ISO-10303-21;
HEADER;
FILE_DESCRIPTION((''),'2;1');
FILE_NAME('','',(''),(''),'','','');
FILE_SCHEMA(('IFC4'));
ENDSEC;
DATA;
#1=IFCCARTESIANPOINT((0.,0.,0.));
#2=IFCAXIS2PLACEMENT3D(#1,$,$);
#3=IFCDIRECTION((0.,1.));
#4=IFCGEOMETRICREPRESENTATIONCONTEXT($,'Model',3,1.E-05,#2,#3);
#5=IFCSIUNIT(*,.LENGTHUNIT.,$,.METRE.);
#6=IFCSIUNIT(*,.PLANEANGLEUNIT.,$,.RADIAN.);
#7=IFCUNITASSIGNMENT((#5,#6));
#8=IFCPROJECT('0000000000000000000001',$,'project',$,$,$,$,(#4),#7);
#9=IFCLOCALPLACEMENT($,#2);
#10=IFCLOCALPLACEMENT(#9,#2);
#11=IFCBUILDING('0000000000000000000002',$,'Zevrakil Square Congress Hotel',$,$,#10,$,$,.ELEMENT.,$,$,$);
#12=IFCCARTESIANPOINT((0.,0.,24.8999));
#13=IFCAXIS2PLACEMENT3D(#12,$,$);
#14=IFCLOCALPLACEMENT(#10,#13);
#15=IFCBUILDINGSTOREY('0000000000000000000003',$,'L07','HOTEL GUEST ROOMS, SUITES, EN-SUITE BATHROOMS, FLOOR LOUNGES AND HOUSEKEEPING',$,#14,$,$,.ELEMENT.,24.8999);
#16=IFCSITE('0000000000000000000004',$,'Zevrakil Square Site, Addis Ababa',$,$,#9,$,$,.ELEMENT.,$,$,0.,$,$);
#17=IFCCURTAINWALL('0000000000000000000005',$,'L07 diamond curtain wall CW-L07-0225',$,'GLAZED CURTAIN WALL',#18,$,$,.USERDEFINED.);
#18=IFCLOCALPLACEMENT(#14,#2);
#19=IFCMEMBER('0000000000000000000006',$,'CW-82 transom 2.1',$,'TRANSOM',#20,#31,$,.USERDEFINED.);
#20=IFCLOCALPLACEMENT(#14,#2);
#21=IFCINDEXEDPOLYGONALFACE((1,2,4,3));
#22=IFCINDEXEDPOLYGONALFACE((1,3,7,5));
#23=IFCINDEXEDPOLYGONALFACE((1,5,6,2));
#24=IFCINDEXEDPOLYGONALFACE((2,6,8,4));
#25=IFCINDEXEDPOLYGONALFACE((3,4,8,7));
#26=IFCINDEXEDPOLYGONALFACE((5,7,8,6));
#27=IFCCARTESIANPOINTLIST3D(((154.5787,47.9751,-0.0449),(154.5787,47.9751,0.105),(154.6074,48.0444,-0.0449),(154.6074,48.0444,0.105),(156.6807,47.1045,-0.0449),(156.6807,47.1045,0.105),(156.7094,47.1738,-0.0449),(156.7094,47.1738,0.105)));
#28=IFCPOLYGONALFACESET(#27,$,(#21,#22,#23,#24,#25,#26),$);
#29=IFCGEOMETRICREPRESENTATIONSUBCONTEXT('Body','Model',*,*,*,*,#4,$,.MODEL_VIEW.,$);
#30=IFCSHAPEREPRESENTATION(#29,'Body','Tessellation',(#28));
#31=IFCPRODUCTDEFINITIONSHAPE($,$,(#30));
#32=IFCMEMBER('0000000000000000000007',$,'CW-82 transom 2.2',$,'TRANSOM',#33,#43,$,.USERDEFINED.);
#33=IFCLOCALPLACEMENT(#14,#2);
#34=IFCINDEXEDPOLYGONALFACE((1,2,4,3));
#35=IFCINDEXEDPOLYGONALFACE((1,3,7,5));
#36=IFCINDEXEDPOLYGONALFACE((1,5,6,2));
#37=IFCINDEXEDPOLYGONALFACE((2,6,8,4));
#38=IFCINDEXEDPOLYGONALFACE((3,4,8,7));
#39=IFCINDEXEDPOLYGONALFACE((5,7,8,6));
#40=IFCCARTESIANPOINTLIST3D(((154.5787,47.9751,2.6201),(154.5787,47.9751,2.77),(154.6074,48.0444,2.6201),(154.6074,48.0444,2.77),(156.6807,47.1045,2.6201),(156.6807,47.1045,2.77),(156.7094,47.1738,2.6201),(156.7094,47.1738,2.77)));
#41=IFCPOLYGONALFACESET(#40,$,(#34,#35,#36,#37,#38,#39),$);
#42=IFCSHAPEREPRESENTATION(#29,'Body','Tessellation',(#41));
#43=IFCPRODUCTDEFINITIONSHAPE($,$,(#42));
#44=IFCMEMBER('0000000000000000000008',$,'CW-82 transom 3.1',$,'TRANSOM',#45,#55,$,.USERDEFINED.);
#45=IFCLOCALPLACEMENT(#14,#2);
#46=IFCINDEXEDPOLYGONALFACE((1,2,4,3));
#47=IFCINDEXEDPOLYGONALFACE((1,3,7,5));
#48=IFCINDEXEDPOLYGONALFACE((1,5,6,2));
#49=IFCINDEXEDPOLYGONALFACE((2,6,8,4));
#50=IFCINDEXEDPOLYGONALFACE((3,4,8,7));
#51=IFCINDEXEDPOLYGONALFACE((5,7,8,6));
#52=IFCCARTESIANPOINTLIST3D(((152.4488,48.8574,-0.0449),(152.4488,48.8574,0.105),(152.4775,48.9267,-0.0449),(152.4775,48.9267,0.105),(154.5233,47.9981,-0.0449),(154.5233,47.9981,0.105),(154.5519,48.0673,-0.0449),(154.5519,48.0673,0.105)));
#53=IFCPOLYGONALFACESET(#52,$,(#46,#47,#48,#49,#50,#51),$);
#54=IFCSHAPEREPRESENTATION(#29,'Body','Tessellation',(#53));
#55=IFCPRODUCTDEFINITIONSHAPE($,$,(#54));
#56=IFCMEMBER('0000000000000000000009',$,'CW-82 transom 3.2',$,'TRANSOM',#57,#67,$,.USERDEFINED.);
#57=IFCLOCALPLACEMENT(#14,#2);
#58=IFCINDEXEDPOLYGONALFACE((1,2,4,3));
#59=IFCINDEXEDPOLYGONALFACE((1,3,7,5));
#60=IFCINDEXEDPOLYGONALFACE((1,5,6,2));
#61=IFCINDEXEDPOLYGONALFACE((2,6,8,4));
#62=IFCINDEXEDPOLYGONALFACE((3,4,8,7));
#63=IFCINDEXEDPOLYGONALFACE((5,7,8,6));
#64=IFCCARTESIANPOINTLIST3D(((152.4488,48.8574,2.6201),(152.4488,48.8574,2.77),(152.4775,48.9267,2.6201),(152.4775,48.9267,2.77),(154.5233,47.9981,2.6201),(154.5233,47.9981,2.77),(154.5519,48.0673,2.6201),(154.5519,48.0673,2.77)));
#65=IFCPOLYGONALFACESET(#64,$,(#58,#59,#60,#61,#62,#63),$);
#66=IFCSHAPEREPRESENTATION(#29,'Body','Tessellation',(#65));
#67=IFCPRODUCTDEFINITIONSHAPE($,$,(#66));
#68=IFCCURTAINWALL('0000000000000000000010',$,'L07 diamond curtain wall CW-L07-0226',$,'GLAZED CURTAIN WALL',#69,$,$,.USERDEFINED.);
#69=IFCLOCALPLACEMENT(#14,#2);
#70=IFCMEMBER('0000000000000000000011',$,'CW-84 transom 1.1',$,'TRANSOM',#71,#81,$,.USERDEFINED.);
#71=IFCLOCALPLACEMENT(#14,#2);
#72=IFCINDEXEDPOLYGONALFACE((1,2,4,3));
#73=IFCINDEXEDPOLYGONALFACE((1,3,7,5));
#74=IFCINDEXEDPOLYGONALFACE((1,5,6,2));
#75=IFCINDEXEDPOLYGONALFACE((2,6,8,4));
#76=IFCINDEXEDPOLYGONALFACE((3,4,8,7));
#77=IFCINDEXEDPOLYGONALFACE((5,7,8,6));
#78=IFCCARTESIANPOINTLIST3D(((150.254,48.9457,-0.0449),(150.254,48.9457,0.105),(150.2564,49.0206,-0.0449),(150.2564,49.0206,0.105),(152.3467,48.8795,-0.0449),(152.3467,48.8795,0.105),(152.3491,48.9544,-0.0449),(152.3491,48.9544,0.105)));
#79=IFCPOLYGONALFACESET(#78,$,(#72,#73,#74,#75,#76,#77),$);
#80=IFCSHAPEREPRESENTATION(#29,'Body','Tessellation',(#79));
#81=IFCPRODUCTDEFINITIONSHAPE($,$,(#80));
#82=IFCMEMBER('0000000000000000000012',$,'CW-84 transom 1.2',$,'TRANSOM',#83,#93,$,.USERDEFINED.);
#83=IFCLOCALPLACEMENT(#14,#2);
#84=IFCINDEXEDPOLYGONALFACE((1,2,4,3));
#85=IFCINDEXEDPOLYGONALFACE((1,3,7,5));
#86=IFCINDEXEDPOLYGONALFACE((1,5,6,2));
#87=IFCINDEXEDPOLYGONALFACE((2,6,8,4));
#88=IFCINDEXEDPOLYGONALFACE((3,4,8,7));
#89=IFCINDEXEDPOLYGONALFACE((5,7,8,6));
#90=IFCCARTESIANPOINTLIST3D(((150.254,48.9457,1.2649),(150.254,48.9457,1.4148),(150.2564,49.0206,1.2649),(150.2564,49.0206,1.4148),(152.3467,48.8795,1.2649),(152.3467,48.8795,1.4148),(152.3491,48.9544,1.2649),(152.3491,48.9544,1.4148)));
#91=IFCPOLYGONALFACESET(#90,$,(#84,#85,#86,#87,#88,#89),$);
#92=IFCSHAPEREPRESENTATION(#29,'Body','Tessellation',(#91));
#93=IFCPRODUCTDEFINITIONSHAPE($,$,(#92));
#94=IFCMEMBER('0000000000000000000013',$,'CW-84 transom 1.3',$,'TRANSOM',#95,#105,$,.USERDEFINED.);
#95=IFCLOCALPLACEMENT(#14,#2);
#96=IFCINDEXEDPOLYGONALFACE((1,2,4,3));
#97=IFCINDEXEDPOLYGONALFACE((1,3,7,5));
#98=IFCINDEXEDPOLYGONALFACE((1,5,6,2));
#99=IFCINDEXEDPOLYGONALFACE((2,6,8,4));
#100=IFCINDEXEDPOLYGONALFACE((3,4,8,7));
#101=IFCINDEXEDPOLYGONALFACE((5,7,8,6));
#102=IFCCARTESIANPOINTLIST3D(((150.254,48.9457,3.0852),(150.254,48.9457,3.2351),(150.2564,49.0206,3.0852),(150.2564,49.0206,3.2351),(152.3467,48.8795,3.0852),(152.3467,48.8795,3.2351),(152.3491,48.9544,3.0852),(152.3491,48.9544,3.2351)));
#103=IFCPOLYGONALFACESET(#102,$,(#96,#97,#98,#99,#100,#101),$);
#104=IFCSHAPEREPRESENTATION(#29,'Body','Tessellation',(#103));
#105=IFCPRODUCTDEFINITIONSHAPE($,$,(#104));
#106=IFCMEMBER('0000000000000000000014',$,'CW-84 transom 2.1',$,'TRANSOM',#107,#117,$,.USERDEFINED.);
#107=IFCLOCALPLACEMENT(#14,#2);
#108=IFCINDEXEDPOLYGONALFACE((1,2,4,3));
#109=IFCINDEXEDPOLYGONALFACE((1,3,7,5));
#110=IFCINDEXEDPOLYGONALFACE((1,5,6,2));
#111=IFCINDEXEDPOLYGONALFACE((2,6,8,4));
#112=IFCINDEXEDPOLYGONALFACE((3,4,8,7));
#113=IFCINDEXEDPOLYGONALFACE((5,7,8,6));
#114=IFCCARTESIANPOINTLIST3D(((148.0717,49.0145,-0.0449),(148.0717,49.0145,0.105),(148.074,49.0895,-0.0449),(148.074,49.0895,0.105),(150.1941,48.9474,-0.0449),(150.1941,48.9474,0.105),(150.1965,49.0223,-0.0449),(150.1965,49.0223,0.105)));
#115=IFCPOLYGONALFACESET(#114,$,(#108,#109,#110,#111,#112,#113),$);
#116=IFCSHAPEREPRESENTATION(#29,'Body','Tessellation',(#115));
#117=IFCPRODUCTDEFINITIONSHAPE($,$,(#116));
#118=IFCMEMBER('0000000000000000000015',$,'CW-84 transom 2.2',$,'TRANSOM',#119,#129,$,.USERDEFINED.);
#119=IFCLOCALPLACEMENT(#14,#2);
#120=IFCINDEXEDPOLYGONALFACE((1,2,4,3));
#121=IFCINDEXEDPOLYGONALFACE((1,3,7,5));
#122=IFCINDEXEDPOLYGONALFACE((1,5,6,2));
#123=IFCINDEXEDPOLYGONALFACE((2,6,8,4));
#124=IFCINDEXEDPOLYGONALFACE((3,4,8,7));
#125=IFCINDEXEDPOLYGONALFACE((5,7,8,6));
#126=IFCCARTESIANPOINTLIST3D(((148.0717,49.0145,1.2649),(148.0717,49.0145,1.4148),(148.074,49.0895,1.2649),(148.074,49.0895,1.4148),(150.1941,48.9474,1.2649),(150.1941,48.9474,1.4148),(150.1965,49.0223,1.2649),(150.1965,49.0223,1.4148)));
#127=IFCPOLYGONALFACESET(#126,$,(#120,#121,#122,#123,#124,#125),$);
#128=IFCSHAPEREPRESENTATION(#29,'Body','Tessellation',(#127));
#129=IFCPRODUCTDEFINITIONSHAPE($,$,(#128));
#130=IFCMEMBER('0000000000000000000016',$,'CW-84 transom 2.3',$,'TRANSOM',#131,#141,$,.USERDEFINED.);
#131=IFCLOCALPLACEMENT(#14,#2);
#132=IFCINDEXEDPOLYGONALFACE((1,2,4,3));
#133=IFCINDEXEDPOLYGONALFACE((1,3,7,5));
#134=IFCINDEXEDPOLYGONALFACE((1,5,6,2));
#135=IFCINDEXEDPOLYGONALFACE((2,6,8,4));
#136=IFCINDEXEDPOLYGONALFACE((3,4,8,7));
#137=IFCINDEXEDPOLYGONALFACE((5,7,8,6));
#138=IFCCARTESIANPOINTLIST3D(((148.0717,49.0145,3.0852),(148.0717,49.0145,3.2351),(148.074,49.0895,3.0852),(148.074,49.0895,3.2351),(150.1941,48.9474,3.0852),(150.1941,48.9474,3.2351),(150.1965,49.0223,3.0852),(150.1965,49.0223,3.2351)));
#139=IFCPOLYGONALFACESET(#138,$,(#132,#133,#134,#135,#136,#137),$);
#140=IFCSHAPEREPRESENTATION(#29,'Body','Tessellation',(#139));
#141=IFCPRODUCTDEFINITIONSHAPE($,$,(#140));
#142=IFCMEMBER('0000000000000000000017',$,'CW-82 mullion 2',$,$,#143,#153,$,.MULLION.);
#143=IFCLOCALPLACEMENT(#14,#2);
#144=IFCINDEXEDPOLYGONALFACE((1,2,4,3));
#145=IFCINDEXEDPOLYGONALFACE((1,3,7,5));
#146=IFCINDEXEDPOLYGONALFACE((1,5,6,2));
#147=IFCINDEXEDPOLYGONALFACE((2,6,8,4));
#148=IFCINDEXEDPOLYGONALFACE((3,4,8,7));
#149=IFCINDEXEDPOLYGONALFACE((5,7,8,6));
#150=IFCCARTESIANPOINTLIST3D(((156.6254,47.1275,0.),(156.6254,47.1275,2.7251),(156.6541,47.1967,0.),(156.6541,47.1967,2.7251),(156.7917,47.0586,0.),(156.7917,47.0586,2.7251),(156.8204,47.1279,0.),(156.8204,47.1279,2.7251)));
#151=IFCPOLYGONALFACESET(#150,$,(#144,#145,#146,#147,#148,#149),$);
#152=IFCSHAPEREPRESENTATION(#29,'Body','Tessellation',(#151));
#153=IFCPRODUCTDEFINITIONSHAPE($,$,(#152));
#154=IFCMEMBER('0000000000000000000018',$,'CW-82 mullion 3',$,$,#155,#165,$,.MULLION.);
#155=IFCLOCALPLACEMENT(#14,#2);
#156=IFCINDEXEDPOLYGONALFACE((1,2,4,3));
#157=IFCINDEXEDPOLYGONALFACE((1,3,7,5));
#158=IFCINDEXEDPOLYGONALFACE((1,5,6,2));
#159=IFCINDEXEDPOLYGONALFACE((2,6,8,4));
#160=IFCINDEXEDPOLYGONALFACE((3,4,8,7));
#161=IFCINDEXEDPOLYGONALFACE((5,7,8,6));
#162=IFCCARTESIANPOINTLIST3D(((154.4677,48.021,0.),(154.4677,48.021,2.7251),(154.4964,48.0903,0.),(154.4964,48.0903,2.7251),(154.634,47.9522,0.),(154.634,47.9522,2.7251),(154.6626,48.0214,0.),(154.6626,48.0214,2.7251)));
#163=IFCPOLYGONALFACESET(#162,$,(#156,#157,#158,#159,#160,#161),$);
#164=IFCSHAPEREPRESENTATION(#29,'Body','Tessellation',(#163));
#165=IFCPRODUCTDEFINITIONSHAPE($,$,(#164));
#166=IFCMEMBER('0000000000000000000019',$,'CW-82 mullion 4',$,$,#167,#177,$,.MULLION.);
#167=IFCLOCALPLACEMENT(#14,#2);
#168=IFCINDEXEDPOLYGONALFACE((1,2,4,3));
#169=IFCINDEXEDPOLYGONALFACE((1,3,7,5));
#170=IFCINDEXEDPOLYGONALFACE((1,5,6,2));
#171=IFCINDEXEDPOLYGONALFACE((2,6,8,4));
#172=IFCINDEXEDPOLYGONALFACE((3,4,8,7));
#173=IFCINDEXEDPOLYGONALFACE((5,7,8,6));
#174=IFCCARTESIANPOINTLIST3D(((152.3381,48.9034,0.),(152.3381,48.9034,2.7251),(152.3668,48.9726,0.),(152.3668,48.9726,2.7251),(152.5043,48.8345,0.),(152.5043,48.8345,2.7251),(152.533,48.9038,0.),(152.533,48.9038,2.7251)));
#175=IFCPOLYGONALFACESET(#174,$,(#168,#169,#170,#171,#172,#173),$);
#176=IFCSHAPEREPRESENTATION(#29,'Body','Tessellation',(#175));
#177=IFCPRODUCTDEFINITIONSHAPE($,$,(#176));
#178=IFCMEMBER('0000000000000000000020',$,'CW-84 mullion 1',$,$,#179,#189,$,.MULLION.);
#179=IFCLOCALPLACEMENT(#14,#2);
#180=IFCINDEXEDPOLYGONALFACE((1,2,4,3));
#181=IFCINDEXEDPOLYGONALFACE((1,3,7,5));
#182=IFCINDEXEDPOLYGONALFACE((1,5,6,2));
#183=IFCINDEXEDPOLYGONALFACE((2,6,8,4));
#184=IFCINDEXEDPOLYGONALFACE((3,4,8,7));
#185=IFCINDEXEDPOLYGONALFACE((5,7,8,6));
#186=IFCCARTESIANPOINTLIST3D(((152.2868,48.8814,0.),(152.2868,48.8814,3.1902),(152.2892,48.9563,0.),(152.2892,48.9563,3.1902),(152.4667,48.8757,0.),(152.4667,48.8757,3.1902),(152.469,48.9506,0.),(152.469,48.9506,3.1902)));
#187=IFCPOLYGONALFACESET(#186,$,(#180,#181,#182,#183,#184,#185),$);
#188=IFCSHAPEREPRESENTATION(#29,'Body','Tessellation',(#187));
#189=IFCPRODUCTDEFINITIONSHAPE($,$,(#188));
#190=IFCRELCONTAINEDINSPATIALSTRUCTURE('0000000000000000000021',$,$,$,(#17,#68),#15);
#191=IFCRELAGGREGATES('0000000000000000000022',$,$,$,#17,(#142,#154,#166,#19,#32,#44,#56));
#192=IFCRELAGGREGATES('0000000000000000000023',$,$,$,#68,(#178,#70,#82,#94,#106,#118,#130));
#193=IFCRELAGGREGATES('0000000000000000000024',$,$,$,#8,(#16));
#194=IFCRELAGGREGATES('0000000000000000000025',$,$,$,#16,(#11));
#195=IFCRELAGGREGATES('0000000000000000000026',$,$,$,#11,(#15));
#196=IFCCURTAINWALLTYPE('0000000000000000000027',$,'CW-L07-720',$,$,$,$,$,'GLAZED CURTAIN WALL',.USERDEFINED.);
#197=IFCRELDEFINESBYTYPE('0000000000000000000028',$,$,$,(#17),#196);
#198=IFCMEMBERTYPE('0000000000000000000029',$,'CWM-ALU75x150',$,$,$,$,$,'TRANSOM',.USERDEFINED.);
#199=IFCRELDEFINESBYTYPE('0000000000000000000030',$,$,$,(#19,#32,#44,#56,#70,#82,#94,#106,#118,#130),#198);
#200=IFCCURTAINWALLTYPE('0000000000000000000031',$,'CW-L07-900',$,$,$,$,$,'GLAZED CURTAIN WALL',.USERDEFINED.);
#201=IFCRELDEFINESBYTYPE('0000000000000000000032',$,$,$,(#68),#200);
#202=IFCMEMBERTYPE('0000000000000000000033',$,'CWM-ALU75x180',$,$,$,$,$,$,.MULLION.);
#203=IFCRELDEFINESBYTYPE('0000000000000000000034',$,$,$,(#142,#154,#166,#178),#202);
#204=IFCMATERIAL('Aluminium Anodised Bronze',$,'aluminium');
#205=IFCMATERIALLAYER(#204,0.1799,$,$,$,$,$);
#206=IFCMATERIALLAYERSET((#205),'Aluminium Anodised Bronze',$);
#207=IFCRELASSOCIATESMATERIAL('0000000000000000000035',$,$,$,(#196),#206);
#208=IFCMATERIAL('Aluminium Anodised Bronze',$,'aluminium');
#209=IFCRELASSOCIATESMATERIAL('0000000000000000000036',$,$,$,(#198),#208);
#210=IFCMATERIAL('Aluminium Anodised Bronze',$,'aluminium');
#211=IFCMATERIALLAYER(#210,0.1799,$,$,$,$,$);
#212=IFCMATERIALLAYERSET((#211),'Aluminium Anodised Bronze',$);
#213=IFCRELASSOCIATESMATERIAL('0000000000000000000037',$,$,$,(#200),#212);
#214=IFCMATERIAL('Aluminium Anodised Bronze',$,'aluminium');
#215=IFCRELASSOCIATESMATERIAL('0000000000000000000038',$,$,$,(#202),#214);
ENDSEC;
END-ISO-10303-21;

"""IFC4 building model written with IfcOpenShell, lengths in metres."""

from ifc_helpers import new_model, si_unit, direction, frame, origin, origin_2d, place, context, subcontext, project, spatial, rectangle, extrude, material, layer, layer_set, material_profile, profile_set, type_object, element, aggregate, save


model = new_model("IFC4")

# Units and contexts
model_context = context("Model", 3, precision=1e-05, world=origin(), true_north=direction((0.0, 1.0)))
body_context = subcontext(model_context, "Body", "Model", "MODEL_VIEW")
ifc_project = project(units=[si_unit("LENGTHUNIT", "METRE"), si_unit("PLANEANGLEUNIT", "RADIAN")], contexts=[model_context])

# Site, building, storey
site_placement = place(None, origin())
site = spatial("IfcSite", under=ifc_project, at=site_placement, Name="Zevrakil Square Site, Addis Ababa", CompositionType="ELEMENT", RefElevation=0.0)
building_placement = place(site_placement, origin())
building = spatial("IfcBuilding", under=site, at=building_placement, Name="Zevrakil Square Congress Hotel", CompositionType="ELEMENT")
storey_placement = place(building_placement, frame((0.0, 0.0, 24.8999)))
storey = spatial("IfcBuildingStorey", under=building, at=storey_placement, Name="L07", Description="HOTEL GUEST ROOMS, SUITES, EN-SUITE BATHROOMS, FLOOR LOUNGES AND HOUSEKEEPING", CompositionType="ELEMENT", Elevation=24.8999)

# Curtain walls, members
ifc_material_1 = material(Name="Aluminium Anodised Bronze", Category="aluminium")
ifc_layer_1 = layer(ifc_material_1, 0.1799)
ifc_layer_set_1 = layer_set([ifc_layer_1], Name="Aluminium Anodised Bronze")
curtain_wall_type_1 = type_object("IfcCurtainWallType", Name="CW-L07-720", ElementType="GLAZED CURTAIN WALL", PredefinedType="USERDEFINED", material=ifc_layer_set_1)
curtain_wall_1_placement = place(storey_placement, origin())
curtain_wall_1 = element("IfcCurtainWall", 1, at=curtain_wall_1_placement, inside=storey, type_object=curtain_wall_type_1, Name="L07 diamond curtain wall CW-L07-0225", ObjectType="GLAZED CURTAIN WALL", PredefinedType="USERDEFINED")
ifc_material_2 = material(Name="Aluminium Anodised Bronze", Category="aluminium")
ifc_material_profile_1 = material_profile(ifc_material_2, rectangle(XDim=0.075, YDim=0.1499, at=origin_2d()), Name="ALU 75x150")
ifc_profile_set_1 = profile_set([ifc_material_profile_1], Name="Aluminium Anodised Bronze")
member_type_1 = type_object("IfcMemberType", Name="CWM-ALU75x150", ElementType="TRANSOM", PredefinedType="USERDEFINED", material=ifc_profile_set_1)
member_1_placement = place(storey_placement, frame((156.6951, 47.1392, 0.03), z_axis=(-0.923894, 0.382649, 0.0), x_axis=(-0.382649, -0.923894, 0.0)))
member_1 = element("IfcMember", 2, at=member_1_placement, type_object=member_type_1, Name="CW-82 transom 2.1", ObjectType="TRANSOM", PredefinedType="USERDEFINED", context=body_context, shape_type="SweptSolid", body=[
    extrude(rectangle(XDim=0.075, YDim=0.1499, at=origin_2d()), origin(), (0.0, 0.0, 1.0), 2.2751),
])
member_2_placement = place(storey_placement, frame((156.6951, 47.1392, 2.6951), z_axis=(-0.923894, 0.382649, 0.0), x_axis=(-0.382649, -0.923894, 0.0)))
member_2 = element("IfcMember", 3, at=member_2_placement, type_object=member_type_1, Name="CW-82 transom 2.2", ObjectType="TRANSOM", PredefinedType="USERDEFINED", context=body_context, shape_type="SweptSolid", body=[
    extrude(rectangle(XDim=0.075, YDim=0.1499, at=origin_2d()), origin(), (0.0, 0.0, 1.0), 2.2751),
])
member_3_placement = place(storey_placement, frame((154.5376, 48.0327, 0.03), z_axis=(-0.923863, 0.382723, 0.0), x_axis=(-0.382723, -0.923863, 0.0)))
member_3 = element("IfcMember", 4, at=member_3_placement, type_object=member_type_1, Name="CW-82 transom 3.1", ObjectType="TRANSOM", PredefinedType="USERDEFINED", context=body_context, shape_type="SweptSolid", body=[
    extrude(rectangle(XDim=0.075, YDim=0.1499, at=origin_2d()), origin(), (0.0, 0.0, 1.0), 2.2454),
])
member_4_placement = place(storey_placement, frame((154.5376, 48.0327, 2.6951), z_axis=(-0.923863, 0.382723, 0.0), x_axis=(-0.382723, -0.923863, 0.0)))
member_4 = element("IfcMember", 5, at=member_4_placement, type_object=member_type_1, Name="CW-82 transom 3.2", ObjectType="TRANSOM", PredefinedType="USERDEFINED", context=body_context, shape_type="SweptSolid", body=[
    extrude(rectangle(XDim=0.075, YDim=0.1499, at=origin_2d()), origin(), (0.0, 0.0, 1.0), 2.2454),
])
ifc_material_3 = material(Name="Aluminium Anodised Bronze", Category="aluminium")
ifc_layer_2 = layer(ifc_material_3, 0.1799)
ifc_layer_set_2 = layer_set([ifc_layer_2], Name="Aluminium Anodised Bronze")
curtain_wall_type_2 = type_object("IfcCurtainWallType", Name="CW-L07-900", ElementType="GLAZED CURTAIN WALL", PredefinedType="USERDEFINED", material=ifc_layer_set_2)
curtain_wall_2_placement = place(storey_placement, origin())
curtain_wall_2 = element("IfcCurtainWall", 6, at=curtain_wall_2_placement, inside=storey, type_object=curtain_wall_type_2, Name="L07 diamond curtain wall CW-L07-0226", ObjectType="GLAZED CURTAIN WALL", PredefinedType="USERDEFINED")
member_5_placement = place(storey_placement, frame((152.3479, 48.917, 0.03), z_axis=(-0.999501, 0.031599, 0.0), x_axis=(-0.031599, -0.999501, 0.0)))
member_5 = element("IfcMember", 7, at=member_5_placement, type_object=member_type_1, Name="CW-84 transom 1.1", ObjectType="TRANSOM", PredefinedType="USERDEFINED", context=body_context, shape_type="SweptSolid", body=[
    extrude(rectangle(XDim=0.075, YDim=0.1499, at=origin_2d()), origin(), (0.0, 0.0, 1.0), 2.0938),
])
member_6_placement = place(storey_placement, frame((152.3479, 48.917, 1.3398), z_axis=(-0.999501, 0.031599, 0.0), x_axis=(-0.031599, -0.999501, 0.0)))
member_6 = element("IfcMember", 8, at=member_6_placement, type_object=member_type_1, Name="CW-84 transom 1.2", ObjectType="TRANSOM", PredefinedType="USERDEFINED", context=body_context, shape_type="SweptSolid", body=[
    extrude(rectangle(XDim=0.075, YDim=0.1499, at=origin_2d()), origin(), (0.0, 0.0, 1.0), 2.0938),
])
member_7_placement = place(storey_placement, frame((152.3479, 48.917, 3.1602), z_axis=(-0.999501, 0.031599, 0.0), x_axis=(-0.031599, -0.999501, 0.0)))
member_7 = element("IfcMember", 9, at=member_7_placement, type_object=member_type_1, Name="CW-84 transom 1.3", ObjectType="TRANSOM", PredefinedType="USERDEFINED", context=body_context, shape_type="SweptSolid", body=[
    extrude(rectangle(XDim=0.075, YDim=0.1499, at=origin_2d()), origin(), (0.0, 0.0, 1.0), 2.0938),
])
member_8_placement = place(storey_placement, frame((150.1953, 48.9849, 0.03), z_axis=(-0.9995, 0.031615, 0.0), x_axis=(-0.031615, -0.9995, 0.0)))
member_8 = element("IfcMember", 10, at=member_8_placement, type_object=member_type_1, Name="CW-84 transom 2.1", ObjectType="TRANSOM", PredefinedType="USERDEFINED", context=body_context, shape_type="SweptSolid", body=[
    extrude(rectangle(XDim=0.075, YDim=0.1499, at=origin_2d()), origin(), (0.0, 0.0, 1.0), 2.1235),
])
member_9_placement = place(storey_placement, frame((150.1953, 48.9849, 1.3398), z_axis=(-0.9995, 0.031615, 0.0), x_axis=(-0.031615, -0.9995, 0.0)))
member_9 = element("IfcMember", 11, at=member_9_placement, type_object=member_type_1, Name="CW-84 transom 2.2", ObjectType="TRANSOM", PredefinedType="USERDEFINED", context=body_context, shape_type="SweptSolid", body=[
    extrude(rectangle(XDim=0.075, YDim=0.1499, at=origin_2d()), origin(), (0.0, 0.0, 1.0), 2.1235),
])
member_10_placement = place(storey_placement, frame((150.1953, 48.9849, 3.1602), z_axis=(-0.9995, 0.031615, 0.0), x_axis=(-0.031615, -0.9995, 0.0)))
member_10 = element("IfcMember", 12, at=member_10_placement, type_object=member_type_1, Name="CW-84 transom 2.3", ObjectType="TRANSOM", PredefinedType="USERDEFINED", context=body_context, shape_type="SweptSolid", body=[
    extrude(rectangle(XDim=0.075, YDim=0.1499, at=origin_2d()), origin(), (0.0, 0.0, 1.0), 2.1235),
])

# Members
ifc_material_4 = material(Name="Aluminium Anodised Bronze", Category="aluminium")
ifc_material_profile_2 = material_profile(ifc_material_4, rectangle(XDim=0.075, YDim=0.1799, at=origin_2d()), Name="ALU 75x180")
ifc_profile_set_2 = profile_set([ifc_material_profile_2], Name="Aluminium Anodised Bronze")
member_type_2 = type_object("IfcMemberType", Name="CWM-ALU75x180", PredefinedType="MULLION", material=ifc_profile_set_2)
member_11_placement = place(storey_placement, frame((156.7229, 47.1277, 0.0), z_axis=(0.0, 0.0, 1.0), x_axis=(-0.382684, -0.923879, 0.0)))
member_11 = element("IfcMember", 13, at=member_11_placement, type_object=member_type_2, Name="CW-82 mullion 2", PredefinedType="MULLION", context=body_context, shape_type="SweptSolid", body=[
    extrude(rectangle(XDim=0.075, YDim=0.1799, at=origin_2d()), origin(), (0.0, 0.0, 1.0), 2.7251),
])
member_12_placement = place(storey_placement, frame((154.5652, 48.0212, 0.0), z_axis=(0.0, 0.0, 1.0), x_axis=(-0.382684, -0.923879, 0.0)))
member_12 = element("IfcMember", 14, at=member_12_placement, type_object=member_type_2, Name="CW-82 mullion 3", PredefinedType="MULLION", context=body_context, shape_type="SweptSolid", body=[
    extrude(rectangle(XDim=0.075, YDim=0.1799, at=origin_2d()), origin(), (0.0, 0.0, 1.0), 2.7251),
])
member_13_placement = place(storey_placement, frame((152.4355, 48.9036, 0.0), z_axis=(0.0, 0.0, 1.0), x_axis=(-0.382684, -0.923879, 0.0)))
member_13 = element("IfcMember", 15, at=member_13_placement, type_object=member_type_2, Name="CW-82 mullion 4", PredefinedType="MULLION", context=body_context, shape_type="SweptSolid", body=[
    extrude(rectangle(XDim=0.075, YDim=0.1799, at=origin_2d()), origin(), (0.0, 0.0, 1.0), 2.7251),
])
member_14_placement = place(storey_placement, frame((152.3779, 48.916, 0.0), z_axis=(0.0, 0.0, 1.0), x_axis=(-0.031598, -0.999501, 0.0)))
member_14 = element("IfcMember", 16, at=member_14_placement, type_object=member_type_2, Name="CW-84 mullion 1", PredefinedType="MULLION", context=body_context, shape_type="SweptSolid", body=[
    extrude(rectangle(XDim=0.075, YDim=0.1799, at=origin_2d()), origin(), (0.0, 0.0, 1.0), 3.1902),
])

aggregate(curtain_wall_1, [member_11, member_12, member_13, member_1, member_2, member_3, member_4])
aggregate(curtain_wall_2, [member_14, member_5, member_6, member_7, member_8, member_9, member_10])

save(model, "model.ifc")
